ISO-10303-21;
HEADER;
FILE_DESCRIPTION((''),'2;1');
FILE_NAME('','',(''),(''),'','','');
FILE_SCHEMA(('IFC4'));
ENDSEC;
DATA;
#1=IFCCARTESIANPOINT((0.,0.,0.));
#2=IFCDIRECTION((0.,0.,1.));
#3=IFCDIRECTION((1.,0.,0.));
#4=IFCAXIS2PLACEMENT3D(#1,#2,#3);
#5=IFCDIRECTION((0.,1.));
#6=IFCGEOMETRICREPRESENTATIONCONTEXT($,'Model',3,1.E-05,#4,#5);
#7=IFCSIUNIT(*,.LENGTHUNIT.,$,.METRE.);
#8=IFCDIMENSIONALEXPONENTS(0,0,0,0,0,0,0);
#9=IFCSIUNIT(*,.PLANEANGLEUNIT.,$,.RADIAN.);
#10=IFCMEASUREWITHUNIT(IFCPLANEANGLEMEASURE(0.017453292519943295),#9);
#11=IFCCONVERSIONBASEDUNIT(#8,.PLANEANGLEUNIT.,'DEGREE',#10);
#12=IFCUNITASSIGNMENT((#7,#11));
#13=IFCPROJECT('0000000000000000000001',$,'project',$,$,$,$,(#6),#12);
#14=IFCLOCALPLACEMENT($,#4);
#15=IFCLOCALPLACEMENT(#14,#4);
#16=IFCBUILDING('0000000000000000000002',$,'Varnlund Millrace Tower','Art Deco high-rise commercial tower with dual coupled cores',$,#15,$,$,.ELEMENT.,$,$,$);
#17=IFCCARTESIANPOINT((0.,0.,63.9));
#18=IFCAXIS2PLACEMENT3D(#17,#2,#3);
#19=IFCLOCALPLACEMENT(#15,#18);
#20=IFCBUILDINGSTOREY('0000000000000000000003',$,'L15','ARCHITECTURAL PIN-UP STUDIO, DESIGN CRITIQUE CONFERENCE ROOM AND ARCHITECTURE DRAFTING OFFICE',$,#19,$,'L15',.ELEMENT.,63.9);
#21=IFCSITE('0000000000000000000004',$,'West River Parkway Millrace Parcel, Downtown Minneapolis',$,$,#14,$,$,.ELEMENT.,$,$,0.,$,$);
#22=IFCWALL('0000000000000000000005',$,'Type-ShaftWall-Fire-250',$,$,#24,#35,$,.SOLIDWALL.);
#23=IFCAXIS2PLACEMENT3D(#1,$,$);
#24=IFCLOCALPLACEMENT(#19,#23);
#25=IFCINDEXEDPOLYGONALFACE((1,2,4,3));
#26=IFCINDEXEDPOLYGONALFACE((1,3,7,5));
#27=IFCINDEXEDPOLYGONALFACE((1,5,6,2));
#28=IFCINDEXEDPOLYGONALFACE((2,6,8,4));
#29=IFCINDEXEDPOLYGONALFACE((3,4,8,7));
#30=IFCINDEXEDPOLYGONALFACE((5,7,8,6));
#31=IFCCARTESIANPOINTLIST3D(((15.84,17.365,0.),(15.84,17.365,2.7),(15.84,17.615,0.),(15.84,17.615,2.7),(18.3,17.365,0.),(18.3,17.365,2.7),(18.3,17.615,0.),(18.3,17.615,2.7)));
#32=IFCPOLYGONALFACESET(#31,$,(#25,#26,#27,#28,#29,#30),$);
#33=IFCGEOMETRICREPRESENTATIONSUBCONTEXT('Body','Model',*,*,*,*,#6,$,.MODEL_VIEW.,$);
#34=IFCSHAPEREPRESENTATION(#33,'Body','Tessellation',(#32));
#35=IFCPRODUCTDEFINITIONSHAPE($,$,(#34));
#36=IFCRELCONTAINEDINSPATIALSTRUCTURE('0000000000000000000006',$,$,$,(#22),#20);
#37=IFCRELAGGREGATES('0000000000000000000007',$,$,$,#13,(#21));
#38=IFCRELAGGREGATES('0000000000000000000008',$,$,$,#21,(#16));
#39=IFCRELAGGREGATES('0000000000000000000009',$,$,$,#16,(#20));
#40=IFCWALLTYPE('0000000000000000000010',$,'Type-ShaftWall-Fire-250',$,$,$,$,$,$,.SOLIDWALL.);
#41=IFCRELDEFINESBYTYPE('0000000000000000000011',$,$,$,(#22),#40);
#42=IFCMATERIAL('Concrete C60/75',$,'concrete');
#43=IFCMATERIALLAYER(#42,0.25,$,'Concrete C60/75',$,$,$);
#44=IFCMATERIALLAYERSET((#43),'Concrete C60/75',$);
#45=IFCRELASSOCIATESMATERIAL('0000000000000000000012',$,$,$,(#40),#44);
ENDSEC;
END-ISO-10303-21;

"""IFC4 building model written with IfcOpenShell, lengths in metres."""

from ifc_helpers import new_model, entity, si_unit, converted_unit, direction, frame, origin_with_axes, place, context, subcontext, project, spatial, polyline, outline, extrude, material, layer, layer_set, type_object, element, save


model = new_model("IFC4")

# Units and contexts
model_context = context("Model", 3, precision=1e-05, world=origin_with_axes(), true_north=direction((0.0, 1.0)))
body_context = subcontext(model_context, "Body", "Model", "MODEL_VIEW")
ifc_project = project(units=[si_unit("LENGTHUNIT", "METRE"), converted_unit("PLANEANGLEUNIT", "DEGREE", entity("IfcPlaneAngleMeasure", 0.017453292519943295), si_unit("PLANEANGLEUNIT", "RADIAN"), dimensions=[0, 0, 0, 0, 0, 0, 0])], contexts=[model_context])

# Site, building, storey
site_placement = place(None, origin_with_axes())
site = spatial("IfcSite", under=ifc_project, at=site_placement, Name="West River Parkway Millrace Parcel, Downtown Minneapolis", CompositionType="ELEMENT", RefElevation=0.0)
building_placement = place(site_placement, origin_with_axes())
building = spatial("IfcBuilding", under=site, at=building_placement, Name="Varnlund Millrace Tower", Description="Art Deco high-rise commercial tower with dual coupled cores", CompositionType="ELEMENT")
storey_placement = place(building_placement, frame((0.0, 0.0, 63.9), z_axis=(0.0, 0.0, 1.0), x_axis=(1.0, 0.0, 0.0)))
storey = spatial("IfcBuildingStorey", under=building, at=storey_placement, Name="L15", Description="ARCHITECTURAL PIN-UP STUDIO, DESIGN CRITIQUE CONFERENCE ROOM AND ARCHITECTURE DRAFTING OFFICE", LongName="L15", CompositionType="ELEMENT", Elevation=63.9)

# Wall
ifc_material_1 = material(Name="Concrete C60/75", Category="concrete")
ifc_layer_1 = layer(ifc_material_1, 0.25, Name="Concrete C60/75")
ifc_layer_set_1 = layer_set([ifc_layer_1], Name="Concrete C60/75")
wall_type_1 = type_object("IfcWallType", Name="Type-ShaftWall-Fire-250", PredefinedType="SOLIDWALL", material=ifc_layer_set_1)
for number, where, z_axis, x_axis, name in (
    (1, (15.84, 17.49, 0.0), (0.0, 0.0, 1.0), (1.0, 0.0, 0.0), "Type-ShaftWall-Fire-250"),
):
    element("IfcWall", number, at=place(storey_placement, frame(where, z_axis=z_axis, x_axis=x_axis)), inside=storey, type_object=wall_type_1, Name=name, PredefinedType="SOLIDWALL", context=body_context, shape_type="SweptSolid", body=[
        extrude(outline(polyline([(0.0, -0.125), (2.46, -0.125), (2.46, 0.125), (0.0, 0.125), (0.0, -0.125)])), origin_with_axes(), (0.0, 0.0, 1.0), 2.7),
    ])

save(model, "model.ifc")
